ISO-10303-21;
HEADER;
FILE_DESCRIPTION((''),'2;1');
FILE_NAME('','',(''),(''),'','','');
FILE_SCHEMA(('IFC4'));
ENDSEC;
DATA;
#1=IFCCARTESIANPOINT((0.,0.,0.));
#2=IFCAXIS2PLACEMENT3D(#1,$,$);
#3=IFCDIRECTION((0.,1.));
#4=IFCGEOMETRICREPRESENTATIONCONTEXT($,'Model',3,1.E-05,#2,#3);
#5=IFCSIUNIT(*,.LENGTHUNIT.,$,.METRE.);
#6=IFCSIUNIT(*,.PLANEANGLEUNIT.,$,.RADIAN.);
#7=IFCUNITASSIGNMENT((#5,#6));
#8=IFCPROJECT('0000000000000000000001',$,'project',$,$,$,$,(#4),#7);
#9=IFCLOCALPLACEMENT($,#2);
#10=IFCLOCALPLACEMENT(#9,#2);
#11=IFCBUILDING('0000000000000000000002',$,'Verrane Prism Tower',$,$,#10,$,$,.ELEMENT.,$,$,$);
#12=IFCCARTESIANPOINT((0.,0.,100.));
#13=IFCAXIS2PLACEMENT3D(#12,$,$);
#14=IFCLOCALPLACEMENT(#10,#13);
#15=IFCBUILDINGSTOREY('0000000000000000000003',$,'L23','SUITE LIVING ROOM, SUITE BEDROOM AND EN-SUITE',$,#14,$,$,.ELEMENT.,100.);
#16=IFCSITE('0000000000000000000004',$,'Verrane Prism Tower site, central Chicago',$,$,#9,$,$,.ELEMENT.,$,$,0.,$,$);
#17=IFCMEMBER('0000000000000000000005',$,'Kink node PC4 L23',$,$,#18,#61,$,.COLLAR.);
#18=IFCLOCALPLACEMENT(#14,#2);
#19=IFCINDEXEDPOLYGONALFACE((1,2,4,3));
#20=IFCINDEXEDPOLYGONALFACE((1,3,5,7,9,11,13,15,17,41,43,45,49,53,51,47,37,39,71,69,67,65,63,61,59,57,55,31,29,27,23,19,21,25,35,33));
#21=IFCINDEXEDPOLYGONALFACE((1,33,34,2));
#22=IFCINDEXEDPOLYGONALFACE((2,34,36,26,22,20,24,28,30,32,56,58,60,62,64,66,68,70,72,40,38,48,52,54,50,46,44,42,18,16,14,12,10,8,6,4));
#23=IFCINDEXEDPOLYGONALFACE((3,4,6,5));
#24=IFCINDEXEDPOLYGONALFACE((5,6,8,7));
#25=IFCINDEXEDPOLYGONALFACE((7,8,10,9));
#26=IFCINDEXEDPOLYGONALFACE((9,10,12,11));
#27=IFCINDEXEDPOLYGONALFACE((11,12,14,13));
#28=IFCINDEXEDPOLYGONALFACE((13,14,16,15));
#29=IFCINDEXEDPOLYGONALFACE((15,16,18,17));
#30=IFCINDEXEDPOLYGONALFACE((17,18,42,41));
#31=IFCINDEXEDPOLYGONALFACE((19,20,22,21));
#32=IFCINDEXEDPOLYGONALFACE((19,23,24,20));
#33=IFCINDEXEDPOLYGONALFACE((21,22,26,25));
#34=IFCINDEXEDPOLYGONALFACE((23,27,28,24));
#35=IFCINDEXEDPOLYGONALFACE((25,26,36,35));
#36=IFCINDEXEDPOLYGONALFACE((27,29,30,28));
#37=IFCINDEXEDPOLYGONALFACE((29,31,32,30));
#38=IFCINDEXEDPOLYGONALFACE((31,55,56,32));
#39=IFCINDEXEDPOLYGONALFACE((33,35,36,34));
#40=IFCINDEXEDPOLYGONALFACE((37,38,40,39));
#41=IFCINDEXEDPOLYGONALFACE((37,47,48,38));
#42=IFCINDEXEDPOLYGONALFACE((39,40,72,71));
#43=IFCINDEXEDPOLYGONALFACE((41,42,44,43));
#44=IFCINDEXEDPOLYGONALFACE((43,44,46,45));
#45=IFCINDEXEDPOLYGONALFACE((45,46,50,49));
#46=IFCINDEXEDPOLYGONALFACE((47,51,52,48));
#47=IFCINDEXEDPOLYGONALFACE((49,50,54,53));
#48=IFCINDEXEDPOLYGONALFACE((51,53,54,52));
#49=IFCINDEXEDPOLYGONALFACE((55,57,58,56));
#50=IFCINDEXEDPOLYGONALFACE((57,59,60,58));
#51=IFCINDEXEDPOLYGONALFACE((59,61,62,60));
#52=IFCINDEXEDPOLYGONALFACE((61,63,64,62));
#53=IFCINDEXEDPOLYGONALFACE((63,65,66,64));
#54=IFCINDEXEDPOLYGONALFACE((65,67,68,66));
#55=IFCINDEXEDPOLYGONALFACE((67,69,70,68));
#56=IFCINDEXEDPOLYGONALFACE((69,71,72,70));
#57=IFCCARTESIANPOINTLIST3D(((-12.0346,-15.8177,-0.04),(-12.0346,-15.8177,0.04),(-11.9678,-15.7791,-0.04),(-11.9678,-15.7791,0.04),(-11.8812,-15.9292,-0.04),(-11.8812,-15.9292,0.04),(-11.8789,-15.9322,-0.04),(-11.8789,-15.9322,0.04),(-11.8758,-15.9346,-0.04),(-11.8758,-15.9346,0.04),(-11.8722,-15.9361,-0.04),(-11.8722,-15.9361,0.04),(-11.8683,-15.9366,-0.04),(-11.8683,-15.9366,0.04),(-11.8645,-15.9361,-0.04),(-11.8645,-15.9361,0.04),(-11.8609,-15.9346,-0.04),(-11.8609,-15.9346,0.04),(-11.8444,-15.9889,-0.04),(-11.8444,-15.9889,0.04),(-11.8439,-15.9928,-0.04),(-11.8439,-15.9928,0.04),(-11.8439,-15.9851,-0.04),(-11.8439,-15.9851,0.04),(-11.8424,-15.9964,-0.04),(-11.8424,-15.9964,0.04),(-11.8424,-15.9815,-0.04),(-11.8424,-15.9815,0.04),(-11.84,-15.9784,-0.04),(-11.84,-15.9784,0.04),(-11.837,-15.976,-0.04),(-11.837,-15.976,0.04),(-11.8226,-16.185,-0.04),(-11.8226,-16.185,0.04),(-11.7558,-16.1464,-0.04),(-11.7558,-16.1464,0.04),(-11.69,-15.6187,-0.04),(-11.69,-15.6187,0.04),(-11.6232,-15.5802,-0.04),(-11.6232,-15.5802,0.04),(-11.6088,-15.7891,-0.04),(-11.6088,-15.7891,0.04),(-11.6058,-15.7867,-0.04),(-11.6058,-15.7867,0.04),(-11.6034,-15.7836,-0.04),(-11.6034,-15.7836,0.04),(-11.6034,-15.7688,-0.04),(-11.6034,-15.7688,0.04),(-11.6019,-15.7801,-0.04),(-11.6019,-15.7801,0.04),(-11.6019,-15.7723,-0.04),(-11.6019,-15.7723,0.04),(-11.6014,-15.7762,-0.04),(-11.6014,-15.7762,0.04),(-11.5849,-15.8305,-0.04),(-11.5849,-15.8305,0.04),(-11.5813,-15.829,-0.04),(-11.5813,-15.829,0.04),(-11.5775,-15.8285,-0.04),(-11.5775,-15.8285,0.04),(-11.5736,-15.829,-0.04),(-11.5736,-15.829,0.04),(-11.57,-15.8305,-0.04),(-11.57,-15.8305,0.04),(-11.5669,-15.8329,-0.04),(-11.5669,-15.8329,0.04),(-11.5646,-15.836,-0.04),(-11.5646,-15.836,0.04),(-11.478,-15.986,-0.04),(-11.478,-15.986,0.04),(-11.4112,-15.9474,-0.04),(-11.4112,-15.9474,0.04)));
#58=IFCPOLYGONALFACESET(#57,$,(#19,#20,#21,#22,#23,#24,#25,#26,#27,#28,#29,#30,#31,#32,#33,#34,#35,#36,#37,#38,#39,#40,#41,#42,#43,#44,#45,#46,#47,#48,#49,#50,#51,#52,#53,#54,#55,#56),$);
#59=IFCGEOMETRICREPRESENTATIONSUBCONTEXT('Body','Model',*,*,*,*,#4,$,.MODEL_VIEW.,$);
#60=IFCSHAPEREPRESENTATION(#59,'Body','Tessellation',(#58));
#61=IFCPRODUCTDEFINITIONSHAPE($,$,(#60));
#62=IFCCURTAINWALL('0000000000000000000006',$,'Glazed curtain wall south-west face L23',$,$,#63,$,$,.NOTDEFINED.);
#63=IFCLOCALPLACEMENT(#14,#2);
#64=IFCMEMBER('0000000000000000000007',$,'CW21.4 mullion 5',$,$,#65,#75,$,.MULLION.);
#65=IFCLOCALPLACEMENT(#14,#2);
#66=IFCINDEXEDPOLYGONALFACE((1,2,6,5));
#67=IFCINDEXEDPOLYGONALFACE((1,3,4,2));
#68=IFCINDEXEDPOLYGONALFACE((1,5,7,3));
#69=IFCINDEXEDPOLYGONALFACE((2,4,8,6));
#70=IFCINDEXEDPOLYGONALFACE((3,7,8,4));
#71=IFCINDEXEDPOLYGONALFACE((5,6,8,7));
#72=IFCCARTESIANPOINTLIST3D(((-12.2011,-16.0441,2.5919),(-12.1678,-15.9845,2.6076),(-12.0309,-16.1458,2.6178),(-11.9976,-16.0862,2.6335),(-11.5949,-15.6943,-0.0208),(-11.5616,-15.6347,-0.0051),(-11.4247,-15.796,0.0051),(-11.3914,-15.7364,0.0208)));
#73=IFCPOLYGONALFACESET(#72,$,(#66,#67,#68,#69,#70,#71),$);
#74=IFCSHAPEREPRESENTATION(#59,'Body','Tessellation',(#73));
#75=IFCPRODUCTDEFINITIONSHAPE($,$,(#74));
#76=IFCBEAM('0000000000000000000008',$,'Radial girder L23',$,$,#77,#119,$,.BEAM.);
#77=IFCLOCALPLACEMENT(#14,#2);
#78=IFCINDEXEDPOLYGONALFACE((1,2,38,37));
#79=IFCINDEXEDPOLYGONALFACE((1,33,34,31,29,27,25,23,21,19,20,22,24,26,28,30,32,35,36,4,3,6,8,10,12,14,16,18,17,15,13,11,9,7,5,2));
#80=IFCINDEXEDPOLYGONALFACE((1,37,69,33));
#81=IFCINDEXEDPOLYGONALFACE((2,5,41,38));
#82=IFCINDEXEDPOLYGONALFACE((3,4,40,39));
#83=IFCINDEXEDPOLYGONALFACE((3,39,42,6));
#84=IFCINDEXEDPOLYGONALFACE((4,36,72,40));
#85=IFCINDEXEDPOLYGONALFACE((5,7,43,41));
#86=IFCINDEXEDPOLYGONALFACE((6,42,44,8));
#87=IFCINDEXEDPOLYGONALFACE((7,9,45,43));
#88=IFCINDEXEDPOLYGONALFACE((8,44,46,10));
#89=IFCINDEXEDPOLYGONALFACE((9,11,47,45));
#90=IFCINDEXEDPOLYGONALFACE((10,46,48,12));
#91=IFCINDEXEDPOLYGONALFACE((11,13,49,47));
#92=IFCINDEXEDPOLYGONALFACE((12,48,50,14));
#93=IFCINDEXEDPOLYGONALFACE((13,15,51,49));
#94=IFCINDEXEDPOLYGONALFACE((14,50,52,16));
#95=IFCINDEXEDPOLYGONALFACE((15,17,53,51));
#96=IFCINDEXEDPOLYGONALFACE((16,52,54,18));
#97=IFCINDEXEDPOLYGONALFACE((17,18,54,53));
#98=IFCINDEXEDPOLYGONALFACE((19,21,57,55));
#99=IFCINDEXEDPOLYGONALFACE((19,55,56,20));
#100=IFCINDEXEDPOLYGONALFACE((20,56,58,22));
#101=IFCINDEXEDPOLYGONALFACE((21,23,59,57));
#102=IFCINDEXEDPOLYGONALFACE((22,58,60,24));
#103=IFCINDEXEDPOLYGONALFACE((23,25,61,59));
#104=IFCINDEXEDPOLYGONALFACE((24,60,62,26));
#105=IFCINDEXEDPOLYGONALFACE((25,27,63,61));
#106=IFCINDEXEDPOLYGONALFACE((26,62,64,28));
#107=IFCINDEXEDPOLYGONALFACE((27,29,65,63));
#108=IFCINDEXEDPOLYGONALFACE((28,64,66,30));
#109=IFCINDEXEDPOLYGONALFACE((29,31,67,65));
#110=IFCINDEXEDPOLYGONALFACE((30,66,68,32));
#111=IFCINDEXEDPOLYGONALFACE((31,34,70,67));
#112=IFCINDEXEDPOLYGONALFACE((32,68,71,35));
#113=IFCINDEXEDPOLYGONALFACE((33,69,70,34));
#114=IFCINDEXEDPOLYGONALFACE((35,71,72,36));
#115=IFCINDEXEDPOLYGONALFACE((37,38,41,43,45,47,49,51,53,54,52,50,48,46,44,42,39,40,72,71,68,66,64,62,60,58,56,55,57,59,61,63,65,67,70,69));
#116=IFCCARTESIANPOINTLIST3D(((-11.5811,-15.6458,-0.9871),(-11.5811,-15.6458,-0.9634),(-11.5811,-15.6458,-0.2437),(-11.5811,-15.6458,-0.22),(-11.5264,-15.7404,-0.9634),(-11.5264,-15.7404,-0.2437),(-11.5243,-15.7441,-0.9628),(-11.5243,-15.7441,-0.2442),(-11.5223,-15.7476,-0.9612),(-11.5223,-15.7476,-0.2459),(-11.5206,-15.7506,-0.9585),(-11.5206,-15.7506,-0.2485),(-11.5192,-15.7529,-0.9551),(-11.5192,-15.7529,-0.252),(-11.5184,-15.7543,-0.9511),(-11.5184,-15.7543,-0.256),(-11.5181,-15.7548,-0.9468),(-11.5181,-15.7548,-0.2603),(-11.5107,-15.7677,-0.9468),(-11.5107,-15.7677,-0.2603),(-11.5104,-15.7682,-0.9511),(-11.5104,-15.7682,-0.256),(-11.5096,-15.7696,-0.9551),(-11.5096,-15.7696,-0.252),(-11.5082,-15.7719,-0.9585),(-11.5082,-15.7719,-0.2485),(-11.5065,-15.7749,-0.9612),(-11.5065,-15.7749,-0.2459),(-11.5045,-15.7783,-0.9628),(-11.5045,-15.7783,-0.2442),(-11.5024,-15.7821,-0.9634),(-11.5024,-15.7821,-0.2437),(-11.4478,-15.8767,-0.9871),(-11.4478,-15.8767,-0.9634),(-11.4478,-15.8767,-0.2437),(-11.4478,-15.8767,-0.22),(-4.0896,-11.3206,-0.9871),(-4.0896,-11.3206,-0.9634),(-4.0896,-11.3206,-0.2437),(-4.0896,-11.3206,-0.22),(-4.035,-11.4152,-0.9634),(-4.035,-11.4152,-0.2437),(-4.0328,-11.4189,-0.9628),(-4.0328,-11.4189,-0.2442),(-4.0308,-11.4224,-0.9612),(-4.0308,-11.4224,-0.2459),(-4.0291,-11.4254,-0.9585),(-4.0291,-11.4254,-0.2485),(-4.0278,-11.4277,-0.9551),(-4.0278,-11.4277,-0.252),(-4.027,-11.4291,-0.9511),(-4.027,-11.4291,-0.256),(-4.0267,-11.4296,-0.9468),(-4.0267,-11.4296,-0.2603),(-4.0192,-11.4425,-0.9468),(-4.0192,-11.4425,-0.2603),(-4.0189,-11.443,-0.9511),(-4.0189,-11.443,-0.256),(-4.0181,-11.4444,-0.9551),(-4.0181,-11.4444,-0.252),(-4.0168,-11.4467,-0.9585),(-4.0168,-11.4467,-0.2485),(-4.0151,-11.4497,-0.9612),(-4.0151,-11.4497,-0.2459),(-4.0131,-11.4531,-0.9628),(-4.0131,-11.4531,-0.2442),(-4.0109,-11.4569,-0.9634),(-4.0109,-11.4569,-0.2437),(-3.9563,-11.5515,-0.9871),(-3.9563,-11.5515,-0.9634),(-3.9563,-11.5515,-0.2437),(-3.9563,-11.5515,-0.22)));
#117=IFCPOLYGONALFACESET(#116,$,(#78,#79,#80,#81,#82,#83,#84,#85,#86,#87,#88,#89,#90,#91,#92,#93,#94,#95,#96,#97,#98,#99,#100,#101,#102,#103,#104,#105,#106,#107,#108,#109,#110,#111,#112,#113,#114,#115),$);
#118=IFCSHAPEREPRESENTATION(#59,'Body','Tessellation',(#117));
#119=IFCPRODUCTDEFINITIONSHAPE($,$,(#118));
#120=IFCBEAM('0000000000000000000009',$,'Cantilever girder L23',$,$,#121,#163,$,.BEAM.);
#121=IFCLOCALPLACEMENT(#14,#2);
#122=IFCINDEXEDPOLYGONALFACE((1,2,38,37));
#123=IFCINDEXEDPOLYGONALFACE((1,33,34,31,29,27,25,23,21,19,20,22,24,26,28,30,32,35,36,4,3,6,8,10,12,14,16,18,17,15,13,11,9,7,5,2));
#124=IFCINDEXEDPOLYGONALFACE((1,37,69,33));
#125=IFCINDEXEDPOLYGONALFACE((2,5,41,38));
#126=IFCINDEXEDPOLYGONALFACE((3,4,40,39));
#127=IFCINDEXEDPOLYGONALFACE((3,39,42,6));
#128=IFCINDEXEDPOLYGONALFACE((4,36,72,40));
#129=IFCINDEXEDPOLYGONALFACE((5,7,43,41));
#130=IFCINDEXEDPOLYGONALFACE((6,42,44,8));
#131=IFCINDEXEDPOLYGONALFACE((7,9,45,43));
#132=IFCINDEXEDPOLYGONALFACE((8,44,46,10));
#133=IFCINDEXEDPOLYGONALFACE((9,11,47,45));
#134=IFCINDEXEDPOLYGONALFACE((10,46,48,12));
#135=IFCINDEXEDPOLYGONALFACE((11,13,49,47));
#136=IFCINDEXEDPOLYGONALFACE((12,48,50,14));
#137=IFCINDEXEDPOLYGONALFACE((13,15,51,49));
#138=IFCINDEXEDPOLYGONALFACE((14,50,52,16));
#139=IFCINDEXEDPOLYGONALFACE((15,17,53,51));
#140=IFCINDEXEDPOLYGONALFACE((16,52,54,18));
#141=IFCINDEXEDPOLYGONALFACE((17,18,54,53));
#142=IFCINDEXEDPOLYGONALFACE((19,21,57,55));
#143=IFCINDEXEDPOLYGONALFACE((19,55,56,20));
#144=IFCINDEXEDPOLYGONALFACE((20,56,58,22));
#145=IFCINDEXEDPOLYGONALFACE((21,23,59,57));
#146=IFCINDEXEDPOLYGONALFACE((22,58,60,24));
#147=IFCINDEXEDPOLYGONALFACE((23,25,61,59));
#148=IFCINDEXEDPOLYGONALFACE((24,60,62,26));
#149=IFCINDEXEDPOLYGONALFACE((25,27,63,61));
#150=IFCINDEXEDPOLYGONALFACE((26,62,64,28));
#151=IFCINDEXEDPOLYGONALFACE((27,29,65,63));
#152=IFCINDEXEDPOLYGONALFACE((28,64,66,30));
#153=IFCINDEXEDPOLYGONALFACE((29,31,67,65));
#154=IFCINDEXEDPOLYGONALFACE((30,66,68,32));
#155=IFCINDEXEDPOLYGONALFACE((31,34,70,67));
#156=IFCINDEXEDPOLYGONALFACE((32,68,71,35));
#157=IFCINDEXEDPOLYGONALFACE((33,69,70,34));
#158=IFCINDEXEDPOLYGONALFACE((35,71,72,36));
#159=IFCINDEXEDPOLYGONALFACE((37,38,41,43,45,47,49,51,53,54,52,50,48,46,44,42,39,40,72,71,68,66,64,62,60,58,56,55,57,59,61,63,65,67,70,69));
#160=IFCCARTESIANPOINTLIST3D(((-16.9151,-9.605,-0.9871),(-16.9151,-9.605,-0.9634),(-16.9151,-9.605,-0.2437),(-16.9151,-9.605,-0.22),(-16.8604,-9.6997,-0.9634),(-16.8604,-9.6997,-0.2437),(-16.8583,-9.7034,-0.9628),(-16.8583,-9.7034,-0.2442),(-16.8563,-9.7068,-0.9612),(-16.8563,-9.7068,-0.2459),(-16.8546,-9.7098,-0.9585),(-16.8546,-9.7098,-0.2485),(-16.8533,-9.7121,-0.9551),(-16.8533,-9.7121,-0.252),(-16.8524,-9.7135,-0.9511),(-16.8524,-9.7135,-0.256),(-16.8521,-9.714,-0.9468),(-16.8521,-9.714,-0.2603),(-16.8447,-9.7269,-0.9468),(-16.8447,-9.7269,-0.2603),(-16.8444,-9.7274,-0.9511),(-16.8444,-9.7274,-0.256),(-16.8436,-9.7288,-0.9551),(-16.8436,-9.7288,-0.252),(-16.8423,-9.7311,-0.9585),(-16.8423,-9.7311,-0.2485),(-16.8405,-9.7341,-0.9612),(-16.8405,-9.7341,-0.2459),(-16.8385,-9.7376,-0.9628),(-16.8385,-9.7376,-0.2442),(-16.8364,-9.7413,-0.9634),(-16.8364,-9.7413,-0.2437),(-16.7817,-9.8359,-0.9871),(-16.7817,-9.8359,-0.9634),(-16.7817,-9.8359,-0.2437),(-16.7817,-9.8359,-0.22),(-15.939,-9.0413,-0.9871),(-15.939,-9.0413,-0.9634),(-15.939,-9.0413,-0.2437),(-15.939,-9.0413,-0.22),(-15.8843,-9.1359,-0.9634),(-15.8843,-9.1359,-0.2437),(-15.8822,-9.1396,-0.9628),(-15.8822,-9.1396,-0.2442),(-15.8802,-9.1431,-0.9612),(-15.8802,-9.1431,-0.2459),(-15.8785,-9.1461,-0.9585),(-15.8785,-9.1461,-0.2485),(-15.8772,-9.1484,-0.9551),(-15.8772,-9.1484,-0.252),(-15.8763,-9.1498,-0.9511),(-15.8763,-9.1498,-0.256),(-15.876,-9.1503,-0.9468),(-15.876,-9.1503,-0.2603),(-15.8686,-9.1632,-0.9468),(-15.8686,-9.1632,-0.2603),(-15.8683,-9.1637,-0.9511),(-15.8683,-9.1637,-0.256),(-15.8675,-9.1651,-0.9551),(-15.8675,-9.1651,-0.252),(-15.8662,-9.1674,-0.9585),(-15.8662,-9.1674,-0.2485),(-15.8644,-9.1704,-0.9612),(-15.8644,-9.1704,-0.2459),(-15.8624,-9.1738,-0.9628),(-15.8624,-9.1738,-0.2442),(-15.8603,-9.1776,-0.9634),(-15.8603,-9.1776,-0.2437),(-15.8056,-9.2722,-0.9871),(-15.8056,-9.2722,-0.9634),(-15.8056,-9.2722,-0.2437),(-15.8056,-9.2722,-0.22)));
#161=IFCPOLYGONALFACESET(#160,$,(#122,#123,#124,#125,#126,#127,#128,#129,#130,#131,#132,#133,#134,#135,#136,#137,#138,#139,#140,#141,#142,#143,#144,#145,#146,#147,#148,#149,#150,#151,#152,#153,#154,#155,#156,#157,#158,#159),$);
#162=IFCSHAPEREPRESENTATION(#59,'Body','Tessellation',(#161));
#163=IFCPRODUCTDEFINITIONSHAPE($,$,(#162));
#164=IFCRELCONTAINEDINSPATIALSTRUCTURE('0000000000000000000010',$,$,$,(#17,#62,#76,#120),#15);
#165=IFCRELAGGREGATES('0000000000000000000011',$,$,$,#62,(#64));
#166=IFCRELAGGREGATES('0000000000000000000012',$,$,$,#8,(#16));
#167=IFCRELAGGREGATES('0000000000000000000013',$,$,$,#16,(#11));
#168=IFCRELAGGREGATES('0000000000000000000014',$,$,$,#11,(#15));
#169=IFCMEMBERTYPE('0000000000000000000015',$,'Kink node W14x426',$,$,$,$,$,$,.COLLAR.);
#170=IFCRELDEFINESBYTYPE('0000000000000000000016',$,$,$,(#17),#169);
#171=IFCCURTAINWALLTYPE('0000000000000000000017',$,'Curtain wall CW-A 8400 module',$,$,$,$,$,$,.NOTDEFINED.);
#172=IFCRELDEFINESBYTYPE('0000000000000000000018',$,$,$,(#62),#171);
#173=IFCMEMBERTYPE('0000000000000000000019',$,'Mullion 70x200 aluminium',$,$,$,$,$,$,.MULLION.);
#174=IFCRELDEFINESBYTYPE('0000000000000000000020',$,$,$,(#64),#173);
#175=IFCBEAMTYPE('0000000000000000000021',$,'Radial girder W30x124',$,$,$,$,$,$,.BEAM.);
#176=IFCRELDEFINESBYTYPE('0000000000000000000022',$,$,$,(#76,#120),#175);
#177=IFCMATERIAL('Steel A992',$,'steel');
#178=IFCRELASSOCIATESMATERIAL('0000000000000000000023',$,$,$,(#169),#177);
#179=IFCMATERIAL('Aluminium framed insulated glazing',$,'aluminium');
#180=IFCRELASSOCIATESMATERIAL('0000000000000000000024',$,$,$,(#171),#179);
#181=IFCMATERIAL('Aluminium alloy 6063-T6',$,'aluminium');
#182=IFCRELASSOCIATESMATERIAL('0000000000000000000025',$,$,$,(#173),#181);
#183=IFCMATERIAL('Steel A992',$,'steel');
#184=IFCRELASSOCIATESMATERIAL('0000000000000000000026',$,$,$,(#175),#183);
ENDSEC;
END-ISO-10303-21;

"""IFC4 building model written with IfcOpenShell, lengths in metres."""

from ifc_helpers import new_model, si_unit, direction, frame, origin, origin_2d, place, context, subcontext, project, spatial, rectangle, i_section, extrude, material, material_profile, profile_set, type_object, element, aggregate, save


model = new_model("IFC4")

# Units and contexts
model_context = context("Model", 3, precision=1e-05, world=origin(), true_north=direction((0.0, 1.0)))
body_context = subcontext(model_context, "Body", "Model", "MODEL_VIEW")
ifc_project = project(units=[si_unit("LENGTHUNIT", "METRE"), si_unit("PLANEANGLEUNIT", "RADIAN")], contexts=[model_context])

# Site, building, storey
site_placement = place(None, origin())
site = spatial("IfcSite", under=ifc_project, at=site_placement, Name="Verrane Prism Tower site, central Chicago", CompositionType="ELEMENT", RefElevation=0.0)
building_placement = place(site_placement, origin())
building = spatial("IfcBuilding", under=site, at=building_placement, Name="Verrane Prism Tower", CompositionType="ELEMENT")
storey_placement = place(building_placement, frame((0.0, 0.0, 100.0)))
storey = spatial("IfcBuildingStorey", under=building, at=storey_placement, Name="L23", Description="SUITE LIVING ROOM, SUITE BEDROOM AND EN-SUITE", CompositionType="ELEMENT", Elevation=100.0)

# Member
ifc_material_1 = material(Name="Steel A992", Category="steel")
ifc_material_profile_1 = material_profile(ifc_material_1, i_section(OverallWidth=0.4241, OverallDepth=0.4751, WebThickness=0.0479, FlangeThickness=0.0771, FilletRadius=0.0149, at=origin_2d()), Name="W14x426")
ifc_profile_set_1 = profile_set([ifc_material_profile_1], Name="Steel A992")
member_type_1 = type_object("IfcMemberType", Name="Kink node W14x426", PredefinedType="COLLAR", material=ifc_profile_set_1)
member_1_placement = place(storey_placement, frame((-11.7229, -15.8826, -0.04), z_axis=(0.0, 0.0, 1.0), x_axis=(-0.5, 0.866025, 0.0)))
element("IfcMember", 1, at=member_1_placement, inside=storey, type_object=member_type_1, Name="Kink node PC4 L23", PredefinedType="COLLAR", context=body_context, shape_type="SweptSolid", body=[
    extrude(i_section(OverallWidth=0.4241, OverallDepth=0.4751, WebThickness=0.0479, FlangeThickness=0.0771, FilletRadius=0.0149, at=origin_2d()), origin(), (0.0, 0.0, 1.0), 0.0801),
])

# Curtain wall, member
ifc_material_2 = material(Name="Aluminium framed insulated glazing", Category="aluminium")
curtain_wall_type = type_object("IfcCurtainWallType", Name="Curtain wall CW-A 8400 module", PredefinedType="NOTDEFINED", material=ifc_material_2)
curtain_wall_placement = place(storey_placement, origin())
curtain_wall = element("IfcCurtainWall", 2, at=curtain_wall_placement, inside=storey, type_object=curtain_wall_type, Name="Glazed curtain wall south-west face L23", PredefinedType="NOTDEFINED")
ifc_material_3 = material(Name="Aluminium alloy 6063-T6", Category="aluminium")
ifc_material_profile_2 = material_profile(ifc_material_3, rectangle(XDim=0.2, YDim=0.0701, at=origin_2d()), Name="Mullion 70x200 aluminium")
ifc_profile_set_2 = profile_set([ifc_material_profile_2], Name="Aluminium alloy 6063-T6")
member_type_2 = type_object("IfcMemberType", Name="Mullion 70x200 aluminium", PredefinedType="MULLION", material=ifc_profile_set_2)
member_2_placement = place(storey_placement, frame((-11.4932, -15.7153, 0.0), z_axis=(-0.224111, -0.12934, 0.965943), x_axis=(0.851192, -0.508659, 0.129378)))
member_2 = element("IfcMember", 3, at=member_2_placement, type_object=member_type_2, Name="CW21.4 mullion 5", PredefinedType="MULLION", context=body_context, shape_type="SweptSolid", body=[
    extrude(rectangle(XDim=0.2, YDim=0.0701, at=origin_2d()), origin(), (0.0, 0.0, 1.0), 2.7048),
])

# Beams
ifc_material_4 = material(Name="Steel A992", Category="steel")
ifc_material_profile_3 = material_profile(ifc_material_4, i_section(OverallWidth=0.2666, OverallDepth=0.7671, WebThickness=0.0149, FlangeThickness=0.0237, FilletRadius=0.0166, at=origin_2d()), Name="W30x124")
ifc_profile_set_3 = profile_set([ifc_material_profile_3], Name="Steel A992")
beam_type_1 = type_object("IfcBeamType", Name="Radial girder W30x124", PredefinedType="BEAM", material=ifc_profile_set_3)
beam_1_placement = place(storey_placement, frame((-11.5144, -15.7612, -0.6035), z_axis=(0.866025, 0.5, 0.0), x_axis=(-0.5, 0.866025, 0.0)))
element("IfcBeam", 4, at=beam_1_placement, inside=storey, type_object=beam_type_1, Name="Radial girder L23", PredefinedType="BEAM", context=body_context, shape_type="SweptSolid", body=[
    extrude(i_section(OverallWidth=0.2666, OverallDepth=0.7671, WebThickness=0.0149, FlangeThickness=0.0237, FilletRadius=0.0166, at=origin_2d()), origin(), (0.0, 0.0, 1.0), 8.6504),
])
beam_2_placement = place(storey_placement, frame((-15.8723, -9.1567, -0.6035), z_axis=(-0.865955, -0.500122, 0.0), x_axis=(0.500122, -0.865955, 0.0)))
element("IfcBeam", 5, at=beam_2_placement, inside=storey, type_object=beam_type_1, Name="Cantilever girder L23", PredefinedType="BEAM", context=body_context, shape_type="SweptSolid", body=[
    extrude(i_section(OverallWidth=0.2666, OverallDepth=0.7671, WebThickness=0.0149, FlangeThickness=0.0237, FilletRadius=0.0166, at=origin_2d()), origin(), (0.0, 0.0, 1.0), 1.1272),
])

aggregate(curtain_wall, [member_2])

save(model, "model.ifc")
